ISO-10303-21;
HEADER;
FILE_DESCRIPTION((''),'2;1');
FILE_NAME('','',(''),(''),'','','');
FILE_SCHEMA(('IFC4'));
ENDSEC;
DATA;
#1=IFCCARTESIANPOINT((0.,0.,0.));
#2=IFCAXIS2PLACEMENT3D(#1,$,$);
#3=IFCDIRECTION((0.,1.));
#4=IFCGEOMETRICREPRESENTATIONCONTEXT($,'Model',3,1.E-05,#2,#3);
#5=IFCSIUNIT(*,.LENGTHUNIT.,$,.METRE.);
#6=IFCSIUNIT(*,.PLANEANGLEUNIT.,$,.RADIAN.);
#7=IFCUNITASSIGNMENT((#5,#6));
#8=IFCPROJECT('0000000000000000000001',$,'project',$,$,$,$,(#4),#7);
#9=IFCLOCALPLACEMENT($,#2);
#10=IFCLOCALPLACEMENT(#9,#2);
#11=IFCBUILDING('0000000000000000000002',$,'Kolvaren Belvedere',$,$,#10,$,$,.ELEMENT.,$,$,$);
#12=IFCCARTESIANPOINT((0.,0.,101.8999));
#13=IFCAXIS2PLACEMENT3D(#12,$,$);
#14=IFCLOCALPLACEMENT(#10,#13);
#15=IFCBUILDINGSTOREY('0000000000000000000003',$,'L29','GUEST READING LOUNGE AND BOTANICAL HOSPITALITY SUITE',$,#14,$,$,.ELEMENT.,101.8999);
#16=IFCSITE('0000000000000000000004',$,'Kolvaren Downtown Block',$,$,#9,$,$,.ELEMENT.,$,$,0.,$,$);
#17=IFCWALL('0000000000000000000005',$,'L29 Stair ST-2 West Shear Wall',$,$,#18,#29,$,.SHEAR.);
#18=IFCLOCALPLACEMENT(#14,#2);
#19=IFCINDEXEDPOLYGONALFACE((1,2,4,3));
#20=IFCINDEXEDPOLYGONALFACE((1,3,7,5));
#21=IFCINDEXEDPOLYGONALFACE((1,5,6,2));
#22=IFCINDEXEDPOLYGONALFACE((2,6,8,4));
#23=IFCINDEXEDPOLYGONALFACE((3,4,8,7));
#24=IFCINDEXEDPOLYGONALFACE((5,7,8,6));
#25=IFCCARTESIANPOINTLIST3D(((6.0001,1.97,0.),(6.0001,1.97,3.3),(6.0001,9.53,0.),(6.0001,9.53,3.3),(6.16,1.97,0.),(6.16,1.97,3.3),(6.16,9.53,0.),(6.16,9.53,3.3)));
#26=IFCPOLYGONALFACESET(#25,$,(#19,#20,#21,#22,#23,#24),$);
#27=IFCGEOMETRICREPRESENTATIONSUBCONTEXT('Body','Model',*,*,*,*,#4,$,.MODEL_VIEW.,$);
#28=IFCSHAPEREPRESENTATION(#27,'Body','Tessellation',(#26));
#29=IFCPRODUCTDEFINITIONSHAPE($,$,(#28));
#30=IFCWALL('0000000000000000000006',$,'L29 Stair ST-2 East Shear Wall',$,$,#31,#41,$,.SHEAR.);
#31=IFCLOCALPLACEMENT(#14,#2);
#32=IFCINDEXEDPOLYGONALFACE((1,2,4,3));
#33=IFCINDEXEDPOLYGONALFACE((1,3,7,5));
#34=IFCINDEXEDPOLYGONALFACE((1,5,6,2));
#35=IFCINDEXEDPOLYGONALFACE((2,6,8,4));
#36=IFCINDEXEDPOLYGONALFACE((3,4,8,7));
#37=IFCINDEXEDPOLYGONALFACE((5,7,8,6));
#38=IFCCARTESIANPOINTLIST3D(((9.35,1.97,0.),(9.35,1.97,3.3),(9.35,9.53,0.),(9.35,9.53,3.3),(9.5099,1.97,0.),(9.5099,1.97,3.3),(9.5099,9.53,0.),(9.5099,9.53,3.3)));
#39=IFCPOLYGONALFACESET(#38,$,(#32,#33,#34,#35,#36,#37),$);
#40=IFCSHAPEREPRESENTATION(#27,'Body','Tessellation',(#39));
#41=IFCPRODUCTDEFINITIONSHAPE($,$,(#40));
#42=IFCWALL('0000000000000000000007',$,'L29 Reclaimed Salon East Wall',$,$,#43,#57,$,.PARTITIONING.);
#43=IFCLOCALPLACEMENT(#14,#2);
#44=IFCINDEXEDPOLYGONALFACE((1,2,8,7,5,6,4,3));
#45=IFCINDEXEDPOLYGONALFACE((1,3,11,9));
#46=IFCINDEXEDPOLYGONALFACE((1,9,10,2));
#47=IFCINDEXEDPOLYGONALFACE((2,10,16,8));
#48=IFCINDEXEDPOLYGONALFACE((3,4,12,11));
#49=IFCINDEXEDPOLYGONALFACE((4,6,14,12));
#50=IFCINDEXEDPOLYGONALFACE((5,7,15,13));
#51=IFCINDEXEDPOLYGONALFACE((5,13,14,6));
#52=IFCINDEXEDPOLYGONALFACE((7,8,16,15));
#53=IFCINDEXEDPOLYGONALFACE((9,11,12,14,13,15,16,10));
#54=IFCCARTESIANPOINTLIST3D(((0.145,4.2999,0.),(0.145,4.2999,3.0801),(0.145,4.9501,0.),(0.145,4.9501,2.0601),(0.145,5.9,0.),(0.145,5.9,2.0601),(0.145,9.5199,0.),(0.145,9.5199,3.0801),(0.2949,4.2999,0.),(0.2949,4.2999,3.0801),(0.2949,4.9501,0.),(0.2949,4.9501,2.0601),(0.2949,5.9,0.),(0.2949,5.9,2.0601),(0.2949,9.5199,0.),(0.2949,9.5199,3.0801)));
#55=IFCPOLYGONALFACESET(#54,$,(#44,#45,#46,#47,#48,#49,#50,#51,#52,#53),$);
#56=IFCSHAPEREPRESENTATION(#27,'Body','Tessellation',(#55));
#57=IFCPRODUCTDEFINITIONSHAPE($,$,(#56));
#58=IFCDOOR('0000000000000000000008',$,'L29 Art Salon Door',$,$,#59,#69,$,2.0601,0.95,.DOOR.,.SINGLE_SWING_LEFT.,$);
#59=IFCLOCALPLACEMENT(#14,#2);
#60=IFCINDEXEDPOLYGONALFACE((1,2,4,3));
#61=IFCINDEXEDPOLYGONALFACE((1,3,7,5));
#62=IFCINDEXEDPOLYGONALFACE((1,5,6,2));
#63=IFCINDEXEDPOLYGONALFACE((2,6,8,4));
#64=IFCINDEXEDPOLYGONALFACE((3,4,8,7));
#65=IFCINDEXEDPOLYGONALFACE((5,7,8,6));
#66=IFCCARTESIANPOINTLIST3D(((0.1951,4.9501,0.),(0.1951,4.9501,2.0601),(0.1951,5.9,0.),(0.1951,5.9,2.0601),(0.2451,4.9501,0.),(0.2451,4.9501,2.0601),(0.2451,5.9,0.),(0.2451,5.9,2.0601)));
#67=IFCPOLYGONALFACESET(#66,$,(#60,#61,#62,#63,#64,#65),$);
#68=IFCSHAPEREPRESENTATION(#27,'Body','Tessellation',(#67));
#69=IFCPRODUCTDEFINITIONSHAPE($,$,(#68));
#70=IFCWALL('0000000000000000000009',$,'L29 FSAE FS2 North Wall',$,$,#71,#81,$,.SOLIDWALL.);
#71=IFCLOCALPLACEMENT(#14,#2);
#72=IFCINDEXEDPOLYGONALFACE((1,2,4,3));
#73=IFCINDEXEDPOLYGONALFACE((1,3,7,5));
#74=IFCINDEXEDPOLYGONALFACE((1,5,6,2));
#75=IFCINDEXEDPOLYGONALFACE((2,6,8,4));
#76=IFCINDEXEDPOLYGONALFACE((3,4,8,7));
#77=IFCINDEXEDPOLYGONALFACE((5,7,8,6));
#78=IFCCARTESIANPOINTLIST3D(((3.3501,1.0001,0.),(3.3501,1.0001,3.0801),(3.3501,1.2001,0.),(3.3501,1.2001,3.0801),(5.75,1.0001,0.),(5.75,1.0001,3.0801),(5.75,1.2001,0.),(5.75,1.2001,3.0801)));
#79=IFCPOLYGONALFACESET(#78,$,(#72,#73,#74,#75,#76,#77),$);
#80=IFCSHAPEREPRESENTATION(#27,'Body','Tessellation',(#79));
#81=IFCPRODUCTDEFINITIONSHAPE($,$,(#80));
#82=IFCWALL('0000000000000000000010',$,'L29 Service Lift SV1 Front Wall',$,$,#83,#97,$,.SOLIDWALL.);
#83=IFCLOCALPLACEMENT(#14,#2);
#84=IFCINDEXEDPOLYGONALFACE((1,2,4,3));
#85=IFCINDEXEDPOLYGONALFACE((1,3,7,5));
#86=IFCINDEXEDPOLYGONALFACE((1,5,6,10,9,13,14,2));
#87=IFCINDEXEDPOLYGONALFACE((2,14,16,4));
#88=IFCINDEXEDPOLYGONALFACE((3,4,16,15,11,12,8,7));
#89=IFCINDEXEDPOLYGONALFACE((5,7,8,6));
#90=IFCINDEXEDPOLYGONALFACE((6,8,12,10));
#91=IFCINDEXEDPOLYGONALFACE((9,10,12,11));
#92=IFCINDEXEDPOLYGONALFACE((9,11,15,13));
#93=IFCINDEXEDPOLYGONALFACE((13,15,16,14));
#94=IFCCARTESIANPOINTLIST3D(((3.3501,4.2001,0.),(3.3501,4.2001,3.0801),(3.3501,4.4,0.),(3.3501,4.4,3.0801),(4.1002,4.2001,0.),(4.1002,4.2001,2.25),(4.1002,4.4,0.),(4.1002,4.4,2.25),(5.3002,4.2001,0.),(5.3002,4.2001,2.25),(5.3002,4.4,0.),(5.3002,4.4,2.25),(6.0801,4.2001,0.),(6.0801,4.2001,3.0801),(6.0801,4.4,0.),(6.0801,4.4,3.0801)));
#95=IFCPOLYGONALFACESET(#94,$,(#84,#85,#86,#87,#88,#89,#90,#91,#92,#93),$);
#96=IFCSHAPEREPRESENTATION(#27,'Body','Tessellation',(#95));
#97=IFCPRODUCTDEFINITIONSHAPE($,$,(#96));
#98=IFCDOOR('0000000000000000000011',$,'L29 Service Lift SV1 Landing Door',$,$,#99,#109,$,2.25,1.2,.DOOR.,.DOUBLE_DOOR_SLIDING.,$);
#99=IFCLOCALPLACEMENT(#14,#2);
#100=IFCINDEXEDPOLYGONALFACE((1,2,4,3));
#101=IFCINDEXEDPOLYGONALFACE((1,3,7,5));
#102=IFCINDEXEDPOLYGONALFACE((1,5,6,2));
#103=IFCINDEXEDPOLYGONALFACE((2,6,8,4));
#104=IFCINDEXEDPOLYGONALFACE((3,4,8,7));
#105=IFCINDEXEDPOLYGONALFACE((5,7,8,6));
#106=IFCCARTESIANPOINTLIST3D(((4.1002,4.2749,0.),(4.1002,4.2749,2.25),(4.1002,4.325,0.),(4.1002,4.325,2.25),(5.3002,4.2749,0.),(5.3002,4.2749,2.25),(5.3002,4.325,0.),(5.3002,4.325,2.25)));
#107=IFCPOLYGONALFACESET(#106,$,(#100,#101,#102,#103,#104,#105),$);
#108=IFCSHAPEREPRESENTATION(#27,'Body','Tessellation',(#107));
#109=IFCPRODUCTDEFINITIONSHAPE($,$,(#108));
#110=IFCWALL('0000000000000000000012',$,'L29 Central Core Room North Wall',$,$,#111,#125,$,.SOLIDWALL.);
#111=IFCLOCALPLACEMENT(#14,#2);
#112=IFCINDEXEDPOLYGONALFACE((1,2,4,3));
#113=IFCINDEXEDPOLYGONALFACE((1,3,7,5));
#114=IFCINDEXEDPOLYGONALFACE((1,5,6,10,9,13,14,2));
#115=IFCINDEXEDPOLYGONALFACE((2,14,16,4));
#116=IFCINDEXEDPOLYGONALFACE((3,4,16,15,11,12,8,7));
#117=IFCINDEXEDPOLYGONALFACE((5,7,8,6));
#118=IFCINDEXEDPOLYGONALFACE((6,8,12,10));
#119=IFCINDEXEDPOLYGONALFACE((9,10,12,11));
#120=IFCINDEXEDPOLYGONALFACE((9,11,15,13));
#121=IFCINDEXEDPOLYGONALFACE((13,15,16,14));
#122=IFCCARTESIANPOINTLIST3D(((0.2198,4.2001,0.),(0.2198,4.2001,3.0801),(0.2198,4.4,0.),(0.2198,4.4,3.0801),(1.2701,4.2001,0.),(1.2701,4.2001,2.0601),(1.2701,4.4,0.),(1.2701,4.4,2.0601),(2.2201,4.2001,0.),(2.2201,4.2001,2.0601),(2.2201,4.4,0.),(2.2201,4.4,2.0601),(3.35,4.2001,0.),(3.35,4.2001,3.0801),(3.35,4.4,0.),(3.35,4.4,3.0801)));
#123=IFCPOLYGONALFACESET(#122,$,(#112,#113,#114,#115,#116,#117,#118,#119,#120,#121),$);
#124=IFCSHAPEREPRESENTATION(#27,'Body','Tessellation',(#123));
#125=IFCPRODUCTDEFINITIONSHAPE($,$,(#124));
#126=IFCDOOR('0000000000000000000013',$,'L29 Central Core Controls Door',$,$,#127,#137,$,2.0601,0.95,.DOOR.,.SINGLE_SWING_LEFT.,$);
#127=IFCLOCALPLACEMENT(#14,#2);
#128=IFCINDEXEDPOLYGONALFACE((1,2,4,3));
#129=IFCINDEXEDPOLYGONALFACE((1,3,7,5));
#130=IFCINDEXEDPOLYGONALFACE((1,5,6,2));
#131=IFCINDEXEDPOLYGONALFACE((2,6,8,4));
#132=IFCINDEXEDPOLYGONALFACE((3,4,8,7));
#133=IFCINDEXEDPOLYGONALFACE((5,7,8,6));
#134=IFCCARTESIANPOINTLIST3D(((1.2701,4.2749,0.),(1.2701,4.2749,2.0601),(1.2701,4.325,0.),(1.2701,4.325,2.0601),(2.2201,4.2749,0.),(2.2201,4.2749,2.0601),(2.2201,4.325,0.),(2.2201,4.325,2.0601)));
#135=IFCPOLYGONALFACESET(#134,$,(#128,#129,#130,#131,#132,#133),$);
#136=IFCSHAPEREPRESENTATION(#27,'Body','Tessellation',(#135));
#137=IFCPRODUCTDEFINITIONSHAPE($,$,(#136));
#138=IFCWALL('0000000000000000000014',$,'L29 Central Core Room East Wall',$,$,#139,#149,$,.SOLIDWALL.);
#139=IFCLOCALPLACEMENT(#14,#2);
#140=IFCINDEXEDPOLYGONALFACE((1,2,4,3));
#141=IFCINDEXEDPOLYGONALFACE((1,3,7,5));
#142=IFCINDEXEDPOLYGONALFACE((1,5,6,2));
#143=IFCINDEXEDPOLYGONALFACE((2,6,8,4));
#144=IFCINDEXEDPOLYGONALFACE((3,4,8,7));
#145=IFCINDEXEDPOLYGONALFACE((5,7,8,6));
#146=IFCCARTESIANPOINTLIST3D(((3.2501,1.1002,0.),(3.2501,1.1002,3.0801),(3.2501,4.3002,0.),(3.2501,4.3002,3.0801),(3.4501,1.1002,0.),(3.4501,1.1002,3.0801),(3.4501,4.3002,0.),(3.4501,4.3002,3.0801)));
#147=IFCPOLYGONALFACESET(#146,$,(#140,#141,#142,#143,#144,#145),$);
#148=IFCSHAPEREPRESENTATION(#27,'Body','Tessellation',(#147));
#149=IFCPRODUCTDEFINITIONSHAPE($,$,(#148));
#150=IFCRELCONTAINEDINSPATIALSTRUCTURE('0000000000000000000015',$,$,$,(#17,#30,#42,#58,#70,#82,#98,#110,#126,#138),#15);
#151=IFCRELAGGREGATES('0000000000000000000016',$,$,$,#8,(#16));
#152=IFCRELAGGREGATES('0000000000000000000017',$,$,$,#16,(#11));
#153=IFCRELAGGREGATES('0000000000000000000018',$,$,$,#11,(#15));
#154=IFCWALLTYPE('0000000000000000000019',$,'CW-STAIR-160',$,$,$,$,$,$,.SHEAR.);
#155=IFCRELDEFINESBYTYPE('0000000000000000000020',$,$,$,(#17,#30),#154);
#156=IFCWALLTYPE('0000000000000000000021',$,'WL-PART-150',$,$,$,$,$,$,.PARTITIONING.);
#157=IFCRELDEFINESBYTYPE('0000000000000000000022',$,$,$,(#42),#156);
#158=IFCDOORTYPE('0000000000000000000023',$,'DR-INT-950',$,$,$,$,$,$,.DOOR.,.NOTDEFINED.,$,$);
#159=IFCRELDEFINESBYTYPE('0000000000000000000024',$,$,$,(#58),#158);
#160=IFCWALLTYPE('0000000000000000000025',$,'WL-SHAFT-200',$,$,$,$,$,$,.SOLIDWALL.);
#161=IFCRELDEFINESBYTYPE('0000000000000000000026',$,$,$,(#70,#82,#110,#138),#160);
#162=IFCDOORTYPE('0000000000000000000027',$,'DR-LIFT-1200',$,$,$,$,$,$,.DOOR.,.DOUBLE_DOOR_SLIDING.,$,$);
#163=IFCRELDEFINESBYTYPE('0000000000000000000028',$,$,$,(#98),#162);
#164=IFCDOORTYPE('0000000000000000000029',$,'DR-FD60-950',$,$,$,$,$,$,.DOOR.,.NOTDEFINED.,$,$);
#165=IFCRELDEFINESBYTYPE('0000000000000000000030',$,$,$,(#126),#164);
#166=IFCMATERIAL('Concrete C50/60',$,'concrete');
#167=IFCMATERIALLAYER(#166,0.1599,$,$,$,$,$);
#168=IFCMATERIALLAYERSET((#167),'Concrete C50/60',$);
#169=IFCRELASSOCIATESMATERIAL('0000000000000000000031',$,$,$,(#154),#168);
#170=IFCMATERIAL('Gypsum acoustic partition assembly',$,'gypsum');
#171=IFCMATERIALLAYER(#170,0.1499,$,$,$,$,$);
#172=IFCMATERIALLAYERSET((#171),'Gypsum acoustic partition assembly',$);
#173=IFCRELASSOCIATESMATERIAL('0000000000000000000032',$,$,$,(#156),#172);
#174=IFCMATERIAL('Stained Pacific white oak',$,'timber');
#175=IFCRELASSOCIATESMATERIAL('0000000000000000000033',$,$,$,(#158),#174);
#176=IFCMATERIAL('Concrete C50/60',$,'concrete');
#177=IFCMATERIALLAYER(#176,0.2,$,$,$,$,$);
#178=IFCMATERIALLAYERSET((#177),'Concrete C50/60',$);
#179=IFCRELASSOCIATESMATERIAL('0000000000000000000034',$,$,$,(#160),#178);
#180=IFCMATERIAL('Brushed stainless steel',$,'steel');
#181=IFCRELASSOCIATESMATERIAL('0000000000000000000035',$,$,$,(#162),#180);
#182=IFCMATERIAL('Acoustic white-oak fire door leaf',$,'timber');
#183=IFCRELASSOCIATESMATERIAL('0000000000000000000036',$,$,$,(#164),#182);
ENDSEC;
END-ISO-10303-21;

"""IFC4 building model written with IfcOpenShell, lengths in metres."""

from ifc_helpers import new_model, si_unit, direction, frame, frame_2d, origin, place, context, subcontext, project, spatial, rectangle, extrude, material, layer, layer_set, type_object, element, fill, save


model = new_model("IFC4")

# Units and contexts
model_context = context("Model", 3, precision=1e-05, world=origin(), true_north=direction((0.0, 1.0)))
body_context = subcontext(model_context, "Body", "Model", "MODEL_VIEW")
ifc_project = project(units=[si_unit("LENGTHUNIT", "METRE"), si_unit("PLANEANGLEUNIT", "RADIAN")], contexts=[model_context])

# Site, building, storey
site_placement = place(None, origin())
site = spatial("IfcSite", under=ifc_project, at=site_placement, Name="Kolvaren Downtown Block", CompositionType="ELEMENT", RefElevation=0.0)
building_placement = place(site_placement, origin())
building = spatial("IfcBuilding", under=site, at=building_placement, Name="Kolvaren Belvedere", CompositionType="ELEMENT")
storey_placement = place(building_placement, frame((0.0, 0.0, 101.8999)))
storey = spatial("IfcBuildingStorey", under=building, at=storey_placement, Name="L29", Description="GUEST READING LOUNGE AND BOTANICAL HOSPITALITY SUITE", CompositionType="ELEMENT", Elevation=101.8999)

# Shared definitions
ifc_material_1 = material(Name="Concrete C50/60", Category="concrete")
ifc_layer_1 = layer(ifc_material_1, 0.1599)
ifc_layer_set_1 = layer_set([ifc_layer_1], Name="Concrete C50/60")
wall_type_1 = type_object("IfcWallType", Name="CW-STAIR-160", PredefinedType="SHEAR", material=ifc_layer_set_1)

# Walls
for number, where, z_axis, x_axis, name in (
    (1, (6.0801, 1.97, 0.0), (0.0, 0.0, 1.0), (0.0, 1.0, 0.0), "L29 Stair ST-2 West Shear Wall"),
    (2, (9.4299, 1.97, 0.0), (0.0, 0.0, 1.0), (0.0, 1.0, 0.0), "L29 Stair ST-2 East Shear Wall"),
):
    element("IfcWall", number, at=place(storey_placement, frame(where, z_axis=z_axis, x_axis=x_axis)), inside=storey, type_object=wall_type_1, Name=name, PredefinedType="SHEAR", context=body_context, shape_type="SweptSolid", body=[
        extrude(rectangle(XDim=7.5601, YDim=0.1599, at=frame_2d((3.78, 0.0))), origin(), (0.0, 0.0, 1.0), 3.3),
    ])

# Wall, opening, door
ifc_material_2 = material(Name="Gypsum acoustic partition assembly", Category="gypsum")
ifc_layer_2 = layer(ifc_material_2, 0.1499)
ifc_layer_set_2 = layer_set([ifc_layer_2], Name="Gypsum acoustic partition assembly")
wall_type_2 = type_object("IfcWallType", Name="WL-PART-150", PredefinedType="PARTITIONING", material=ifc_layer_set_2)
wall_1_placement = place(storey_placement, frame((0.22, 4.3, 0.0), z_axis=(0.0, 0.0, 1.0), x_axis=(0.0, 1.0, 0.0)))
wall_1 = element("IfcWall", 3, at=wall_1_placement, inside=storey, type_object=wall_type_2, Name="L29 Reclaimed Salon East Wall", PredefinedType="PARTITIONING", context=body_context, shape_type="SweptSolid", body=[
    extrude(rectangle(XDim=5.22, YDim=0.1499, at=frame_2d((2.6099, 0.0))), origin(), (0.0, 0.0, 1.0), 3.0801),
])
opening_1_placement = place(wall_1_placement, frame((0.6499, 0.0, 0.0)))
opening_1 = element("IfcOpeningElement", 4, at=opening_1_placement, cuts=wall_1, PredefinedType="OPENING", context=body_context, shape_type="SweptSolid", body=[
    extrude(rectangle(XDim=0.95, YDim=2.0601, at=frame_2d((0.4751, 1.03))), frame((0.0, 0.085, 0.0), z_axis=(0.0, -1.0, 0.0), x_axis=(1.0, 0.0, 0.0)), (0.0, 0.0, 1.0), 0.1699),
])
ifc_material_3 = material(Name="Stained Pacific white oak", Category="timber")
door_type_1 = type_object("IfcDoorType", Name="DR-INT-950", OperationType="NOTDEFINED", PredefinedType="DOOR", material=ifc_material_3)
door_1_placement = place(opening_1_placement, origin())
door_1 = element("IfcDoor", 5, at=door_1_placement, inside=storey, type_object=door_type_1, Name="L29 Art Salon Door", OperationType="SINGLE_SWING_LEFT", OverallHeight=2.0601, OverallWidth=0.95, PredefinedType="DOOR", context=body_context, shape_type="SweptSolid", body=[
    extrude(rectangle(XDim=0.95, YDim=2.0601, at=frame_2d((0.4751, 1.03))), frame((0.0, 0.0249, 0.0), z_axis=(0.0, -1.0, 0.0), x_axis=(1.0, 0.0, 0.0)), (0.0, 0.0, 1.0), 0.05),
])
fill(opening_1, door_1)

# Wall
ifc_material_4 = material(Name="Concrete C50/60", Category="concrete")
ifc_layer_3 = layer(ifc_material_4, 0.2)
ifc_layer_set_3 = layer_set([ifc_layer_3], Name="Concrete C50/60")
wall_type_3 = type_object("IfcWallType", Name="WL-SHAFT-200", PredefinedType="SOLIDWALL", material=ifc_layer_set_3)
wall_2_placement = place(storey_placement, frame((3.3501, 1.1001, 0.0), z_axis=(0.0, 0.0, 1.0), x_axis=(1.0, 0.0, 0.0)))
element("IfcWall", 6, at=wall_2_placement, inside=storey, type_object=wall_type_3, Name="L29 FSAE FS2 North Wall", PredefinedType="SOLIDWALL", context=body_context, shape_type="SweptSolid", body=[
    extrude(rectangle(XDim=2.3999, YDim=0.2, at=frame_2d((1.2, 0.0))), origin(), (0.0, 0.0, 1.0), 3.0801),
])

# Walls, openings, doors
wall_3_placement = place(storey_placement, frame((3.3501, 4.3, 0.0), z_axis=(0.0, 0.0, 1.0), x_axis=(1.0, 0.0, 0.0)))
wall_3 = element("IfcWall", 7, at=wall_3_placement, inside=storey, type_object=wall_type_3, Name="L29 Service Lift SV1 Front Wall", PredefinedType="SOLIDWALL", context=body_context, shape_type="SweptSolid", body=[
    extrude(rectangle(XDim=2.73, YDim=0.2, at=frame_2d((1.365, 0.0))), origin(), (0.0, 0.0, 1.0), 3.0801),
])
opening_2_placement = place(wall_3_placement, frame((0.75, 0.0, 0.0)))
opening_2 = element("IfcOpeningElement", 8, at=opening_2_placement, cuts=wall_3, PredefinedType="OPENING", context=body_context, shape_type="SweptSolid", body=[
    extrude(rectangle(XDim=1.2, YDim=2.25, at=frame_2d((0.6001, 1.125))), frame((0.0, 0.1099, 0.0), z_axis=(0.0, -1.0, 0.0), x_axis=(1.0, 0.0, 0.0)), (0.0, 0.0, 1.0), 0.22),
])
ifc_material_5 = material(Name="Brushed stainless steel", Category="steel")
door_type_2 = type_object("IfcDoorType", Name="DR-LIFT-1200", OperationType="DOUBLE_DOOR_SLIDING", PredefinedType="DOOR", material=ifc_material_5)
door_2_placement = place(opening_2_placement, origin())
door_2 = element("IfcDoor", 9, at=door_2_placement, inside=storey, type_object=door_type_2, Name="L29 Service Lift SV1 Landing Door", OperationType="DOUBLE_DOOR_SLIDING", OverallHeight=2.25, OverallWidth=1.2, PredefinedType="DOOR", context=body_context, shape_type="SweptSolid", body=[
    extrude(rectangle(XDim=1.2, YDim=2.25, at=frame_2d((0.6001, 1.125))), frame((0.0, 0.0249, 0.0), z_axis=(0.0, -1.0, 0.0), x_axis=(1.0, 0.0, 0.0)), (0.0, 0.0, 1.0), 0.05),
])
fill(opening_2, door_2)
wall_4_placement = place(storey_placement, frame((0.22, 4.3, 0.0), z_axis=(0.0, 0.0, 1.0), x_axis=(1.0, 0.0, 0.0)))
wall_4 = element("IfcWall", 10, at=wall_4_placement, inside=storey, type_object=wall_type_3, Name="L29 Central Core Room North Wall", PredefinedType="SOLIDWALL", context=body_context, shape_type="SweptSolid", body=[
    extrude(rectangle(XDim=3.1301, YDim=0.2, at=frame_2d((1.5649, 0.0))), origin(), (0.0, 0.0, 1.0), 3.0801),
])
opening_3_placement = place(wall_4_placement, frame((1.05, 0.0, 0.0)))
opening_3 = element("IfcOpeningElement", 11, at=opening_3_placement, cuts=wall_4, PredefinedType="OPENING", context=body_context, shape_type="SweptSolid", body=[
    extrude(rectangle(XDim=0.95, YDim=2.0601, at=frame_2d((0.4751, 1.03))), frame((0.0, 0.1099, 0.0), z_axis=(0.0, -1.0, 0.0), x_axis=(1.0, 0.0, 0.0)), (0.0, 0.0, 1.0), 0.22),
])
ifc_material_6 = material(Name="Acoustic white-oak fire door leaf", Category="timber")
door_type_3 = type_object("IfcDoorType", Name="DR-FD60-950", OperationType="NOTDEFINED", PredefinedType="DOOR", material=ifc_material_6)
door_3_placement = place(opening_3_placement, origin())
door_3 = element("IfcDoor", 12, at=door_3_placement, inside=storey, type_object=door_type_3, Name="L29 Central Core Controls Door", OperationType="SINGLE_SWING_LEFT", OverallHeight=2.0601, OverallWidth=0.95, PredefinedType="DOOR", context=body_context, shape_type="SweptSolid", body=[
    extrude(rectangle(XDim=0.95, YDim=2.0601, at=frame_2d((0.4751, 1.03))), frame((0.0, 0.0249, 0.0), z_axis=(0.0, -1.0, 0.0), x_axis=(1.0, 0.0, 0.0)), (0.0, 0.0, 1.0), 0.05),
])
fill(opening_3, door_3)

# Wall
wall_5_placement = place(storey_placement, frame((3.3501, 1.1001, 0.0), z_axis=(0.0, 0.0, 1.0), x_axis=(0.0, 1.0, 0.0)))
element("IfcWall", 13, at=wall_5_placement, inside=storey, type_object=wall_type_3, Name="L29 Central Core Room East Wall", PredefinedType="SOLIDWALL", context=body_context, shape_type="SweptSolid", body=[
    extrude(rectangle(XDim=3.2, YDim=0.2, at=frame_2d((1.6001, 0.0))), origin(), (0.0, 0.0, 1.0), 3.0801),
])

save(model, "model.ifc")
